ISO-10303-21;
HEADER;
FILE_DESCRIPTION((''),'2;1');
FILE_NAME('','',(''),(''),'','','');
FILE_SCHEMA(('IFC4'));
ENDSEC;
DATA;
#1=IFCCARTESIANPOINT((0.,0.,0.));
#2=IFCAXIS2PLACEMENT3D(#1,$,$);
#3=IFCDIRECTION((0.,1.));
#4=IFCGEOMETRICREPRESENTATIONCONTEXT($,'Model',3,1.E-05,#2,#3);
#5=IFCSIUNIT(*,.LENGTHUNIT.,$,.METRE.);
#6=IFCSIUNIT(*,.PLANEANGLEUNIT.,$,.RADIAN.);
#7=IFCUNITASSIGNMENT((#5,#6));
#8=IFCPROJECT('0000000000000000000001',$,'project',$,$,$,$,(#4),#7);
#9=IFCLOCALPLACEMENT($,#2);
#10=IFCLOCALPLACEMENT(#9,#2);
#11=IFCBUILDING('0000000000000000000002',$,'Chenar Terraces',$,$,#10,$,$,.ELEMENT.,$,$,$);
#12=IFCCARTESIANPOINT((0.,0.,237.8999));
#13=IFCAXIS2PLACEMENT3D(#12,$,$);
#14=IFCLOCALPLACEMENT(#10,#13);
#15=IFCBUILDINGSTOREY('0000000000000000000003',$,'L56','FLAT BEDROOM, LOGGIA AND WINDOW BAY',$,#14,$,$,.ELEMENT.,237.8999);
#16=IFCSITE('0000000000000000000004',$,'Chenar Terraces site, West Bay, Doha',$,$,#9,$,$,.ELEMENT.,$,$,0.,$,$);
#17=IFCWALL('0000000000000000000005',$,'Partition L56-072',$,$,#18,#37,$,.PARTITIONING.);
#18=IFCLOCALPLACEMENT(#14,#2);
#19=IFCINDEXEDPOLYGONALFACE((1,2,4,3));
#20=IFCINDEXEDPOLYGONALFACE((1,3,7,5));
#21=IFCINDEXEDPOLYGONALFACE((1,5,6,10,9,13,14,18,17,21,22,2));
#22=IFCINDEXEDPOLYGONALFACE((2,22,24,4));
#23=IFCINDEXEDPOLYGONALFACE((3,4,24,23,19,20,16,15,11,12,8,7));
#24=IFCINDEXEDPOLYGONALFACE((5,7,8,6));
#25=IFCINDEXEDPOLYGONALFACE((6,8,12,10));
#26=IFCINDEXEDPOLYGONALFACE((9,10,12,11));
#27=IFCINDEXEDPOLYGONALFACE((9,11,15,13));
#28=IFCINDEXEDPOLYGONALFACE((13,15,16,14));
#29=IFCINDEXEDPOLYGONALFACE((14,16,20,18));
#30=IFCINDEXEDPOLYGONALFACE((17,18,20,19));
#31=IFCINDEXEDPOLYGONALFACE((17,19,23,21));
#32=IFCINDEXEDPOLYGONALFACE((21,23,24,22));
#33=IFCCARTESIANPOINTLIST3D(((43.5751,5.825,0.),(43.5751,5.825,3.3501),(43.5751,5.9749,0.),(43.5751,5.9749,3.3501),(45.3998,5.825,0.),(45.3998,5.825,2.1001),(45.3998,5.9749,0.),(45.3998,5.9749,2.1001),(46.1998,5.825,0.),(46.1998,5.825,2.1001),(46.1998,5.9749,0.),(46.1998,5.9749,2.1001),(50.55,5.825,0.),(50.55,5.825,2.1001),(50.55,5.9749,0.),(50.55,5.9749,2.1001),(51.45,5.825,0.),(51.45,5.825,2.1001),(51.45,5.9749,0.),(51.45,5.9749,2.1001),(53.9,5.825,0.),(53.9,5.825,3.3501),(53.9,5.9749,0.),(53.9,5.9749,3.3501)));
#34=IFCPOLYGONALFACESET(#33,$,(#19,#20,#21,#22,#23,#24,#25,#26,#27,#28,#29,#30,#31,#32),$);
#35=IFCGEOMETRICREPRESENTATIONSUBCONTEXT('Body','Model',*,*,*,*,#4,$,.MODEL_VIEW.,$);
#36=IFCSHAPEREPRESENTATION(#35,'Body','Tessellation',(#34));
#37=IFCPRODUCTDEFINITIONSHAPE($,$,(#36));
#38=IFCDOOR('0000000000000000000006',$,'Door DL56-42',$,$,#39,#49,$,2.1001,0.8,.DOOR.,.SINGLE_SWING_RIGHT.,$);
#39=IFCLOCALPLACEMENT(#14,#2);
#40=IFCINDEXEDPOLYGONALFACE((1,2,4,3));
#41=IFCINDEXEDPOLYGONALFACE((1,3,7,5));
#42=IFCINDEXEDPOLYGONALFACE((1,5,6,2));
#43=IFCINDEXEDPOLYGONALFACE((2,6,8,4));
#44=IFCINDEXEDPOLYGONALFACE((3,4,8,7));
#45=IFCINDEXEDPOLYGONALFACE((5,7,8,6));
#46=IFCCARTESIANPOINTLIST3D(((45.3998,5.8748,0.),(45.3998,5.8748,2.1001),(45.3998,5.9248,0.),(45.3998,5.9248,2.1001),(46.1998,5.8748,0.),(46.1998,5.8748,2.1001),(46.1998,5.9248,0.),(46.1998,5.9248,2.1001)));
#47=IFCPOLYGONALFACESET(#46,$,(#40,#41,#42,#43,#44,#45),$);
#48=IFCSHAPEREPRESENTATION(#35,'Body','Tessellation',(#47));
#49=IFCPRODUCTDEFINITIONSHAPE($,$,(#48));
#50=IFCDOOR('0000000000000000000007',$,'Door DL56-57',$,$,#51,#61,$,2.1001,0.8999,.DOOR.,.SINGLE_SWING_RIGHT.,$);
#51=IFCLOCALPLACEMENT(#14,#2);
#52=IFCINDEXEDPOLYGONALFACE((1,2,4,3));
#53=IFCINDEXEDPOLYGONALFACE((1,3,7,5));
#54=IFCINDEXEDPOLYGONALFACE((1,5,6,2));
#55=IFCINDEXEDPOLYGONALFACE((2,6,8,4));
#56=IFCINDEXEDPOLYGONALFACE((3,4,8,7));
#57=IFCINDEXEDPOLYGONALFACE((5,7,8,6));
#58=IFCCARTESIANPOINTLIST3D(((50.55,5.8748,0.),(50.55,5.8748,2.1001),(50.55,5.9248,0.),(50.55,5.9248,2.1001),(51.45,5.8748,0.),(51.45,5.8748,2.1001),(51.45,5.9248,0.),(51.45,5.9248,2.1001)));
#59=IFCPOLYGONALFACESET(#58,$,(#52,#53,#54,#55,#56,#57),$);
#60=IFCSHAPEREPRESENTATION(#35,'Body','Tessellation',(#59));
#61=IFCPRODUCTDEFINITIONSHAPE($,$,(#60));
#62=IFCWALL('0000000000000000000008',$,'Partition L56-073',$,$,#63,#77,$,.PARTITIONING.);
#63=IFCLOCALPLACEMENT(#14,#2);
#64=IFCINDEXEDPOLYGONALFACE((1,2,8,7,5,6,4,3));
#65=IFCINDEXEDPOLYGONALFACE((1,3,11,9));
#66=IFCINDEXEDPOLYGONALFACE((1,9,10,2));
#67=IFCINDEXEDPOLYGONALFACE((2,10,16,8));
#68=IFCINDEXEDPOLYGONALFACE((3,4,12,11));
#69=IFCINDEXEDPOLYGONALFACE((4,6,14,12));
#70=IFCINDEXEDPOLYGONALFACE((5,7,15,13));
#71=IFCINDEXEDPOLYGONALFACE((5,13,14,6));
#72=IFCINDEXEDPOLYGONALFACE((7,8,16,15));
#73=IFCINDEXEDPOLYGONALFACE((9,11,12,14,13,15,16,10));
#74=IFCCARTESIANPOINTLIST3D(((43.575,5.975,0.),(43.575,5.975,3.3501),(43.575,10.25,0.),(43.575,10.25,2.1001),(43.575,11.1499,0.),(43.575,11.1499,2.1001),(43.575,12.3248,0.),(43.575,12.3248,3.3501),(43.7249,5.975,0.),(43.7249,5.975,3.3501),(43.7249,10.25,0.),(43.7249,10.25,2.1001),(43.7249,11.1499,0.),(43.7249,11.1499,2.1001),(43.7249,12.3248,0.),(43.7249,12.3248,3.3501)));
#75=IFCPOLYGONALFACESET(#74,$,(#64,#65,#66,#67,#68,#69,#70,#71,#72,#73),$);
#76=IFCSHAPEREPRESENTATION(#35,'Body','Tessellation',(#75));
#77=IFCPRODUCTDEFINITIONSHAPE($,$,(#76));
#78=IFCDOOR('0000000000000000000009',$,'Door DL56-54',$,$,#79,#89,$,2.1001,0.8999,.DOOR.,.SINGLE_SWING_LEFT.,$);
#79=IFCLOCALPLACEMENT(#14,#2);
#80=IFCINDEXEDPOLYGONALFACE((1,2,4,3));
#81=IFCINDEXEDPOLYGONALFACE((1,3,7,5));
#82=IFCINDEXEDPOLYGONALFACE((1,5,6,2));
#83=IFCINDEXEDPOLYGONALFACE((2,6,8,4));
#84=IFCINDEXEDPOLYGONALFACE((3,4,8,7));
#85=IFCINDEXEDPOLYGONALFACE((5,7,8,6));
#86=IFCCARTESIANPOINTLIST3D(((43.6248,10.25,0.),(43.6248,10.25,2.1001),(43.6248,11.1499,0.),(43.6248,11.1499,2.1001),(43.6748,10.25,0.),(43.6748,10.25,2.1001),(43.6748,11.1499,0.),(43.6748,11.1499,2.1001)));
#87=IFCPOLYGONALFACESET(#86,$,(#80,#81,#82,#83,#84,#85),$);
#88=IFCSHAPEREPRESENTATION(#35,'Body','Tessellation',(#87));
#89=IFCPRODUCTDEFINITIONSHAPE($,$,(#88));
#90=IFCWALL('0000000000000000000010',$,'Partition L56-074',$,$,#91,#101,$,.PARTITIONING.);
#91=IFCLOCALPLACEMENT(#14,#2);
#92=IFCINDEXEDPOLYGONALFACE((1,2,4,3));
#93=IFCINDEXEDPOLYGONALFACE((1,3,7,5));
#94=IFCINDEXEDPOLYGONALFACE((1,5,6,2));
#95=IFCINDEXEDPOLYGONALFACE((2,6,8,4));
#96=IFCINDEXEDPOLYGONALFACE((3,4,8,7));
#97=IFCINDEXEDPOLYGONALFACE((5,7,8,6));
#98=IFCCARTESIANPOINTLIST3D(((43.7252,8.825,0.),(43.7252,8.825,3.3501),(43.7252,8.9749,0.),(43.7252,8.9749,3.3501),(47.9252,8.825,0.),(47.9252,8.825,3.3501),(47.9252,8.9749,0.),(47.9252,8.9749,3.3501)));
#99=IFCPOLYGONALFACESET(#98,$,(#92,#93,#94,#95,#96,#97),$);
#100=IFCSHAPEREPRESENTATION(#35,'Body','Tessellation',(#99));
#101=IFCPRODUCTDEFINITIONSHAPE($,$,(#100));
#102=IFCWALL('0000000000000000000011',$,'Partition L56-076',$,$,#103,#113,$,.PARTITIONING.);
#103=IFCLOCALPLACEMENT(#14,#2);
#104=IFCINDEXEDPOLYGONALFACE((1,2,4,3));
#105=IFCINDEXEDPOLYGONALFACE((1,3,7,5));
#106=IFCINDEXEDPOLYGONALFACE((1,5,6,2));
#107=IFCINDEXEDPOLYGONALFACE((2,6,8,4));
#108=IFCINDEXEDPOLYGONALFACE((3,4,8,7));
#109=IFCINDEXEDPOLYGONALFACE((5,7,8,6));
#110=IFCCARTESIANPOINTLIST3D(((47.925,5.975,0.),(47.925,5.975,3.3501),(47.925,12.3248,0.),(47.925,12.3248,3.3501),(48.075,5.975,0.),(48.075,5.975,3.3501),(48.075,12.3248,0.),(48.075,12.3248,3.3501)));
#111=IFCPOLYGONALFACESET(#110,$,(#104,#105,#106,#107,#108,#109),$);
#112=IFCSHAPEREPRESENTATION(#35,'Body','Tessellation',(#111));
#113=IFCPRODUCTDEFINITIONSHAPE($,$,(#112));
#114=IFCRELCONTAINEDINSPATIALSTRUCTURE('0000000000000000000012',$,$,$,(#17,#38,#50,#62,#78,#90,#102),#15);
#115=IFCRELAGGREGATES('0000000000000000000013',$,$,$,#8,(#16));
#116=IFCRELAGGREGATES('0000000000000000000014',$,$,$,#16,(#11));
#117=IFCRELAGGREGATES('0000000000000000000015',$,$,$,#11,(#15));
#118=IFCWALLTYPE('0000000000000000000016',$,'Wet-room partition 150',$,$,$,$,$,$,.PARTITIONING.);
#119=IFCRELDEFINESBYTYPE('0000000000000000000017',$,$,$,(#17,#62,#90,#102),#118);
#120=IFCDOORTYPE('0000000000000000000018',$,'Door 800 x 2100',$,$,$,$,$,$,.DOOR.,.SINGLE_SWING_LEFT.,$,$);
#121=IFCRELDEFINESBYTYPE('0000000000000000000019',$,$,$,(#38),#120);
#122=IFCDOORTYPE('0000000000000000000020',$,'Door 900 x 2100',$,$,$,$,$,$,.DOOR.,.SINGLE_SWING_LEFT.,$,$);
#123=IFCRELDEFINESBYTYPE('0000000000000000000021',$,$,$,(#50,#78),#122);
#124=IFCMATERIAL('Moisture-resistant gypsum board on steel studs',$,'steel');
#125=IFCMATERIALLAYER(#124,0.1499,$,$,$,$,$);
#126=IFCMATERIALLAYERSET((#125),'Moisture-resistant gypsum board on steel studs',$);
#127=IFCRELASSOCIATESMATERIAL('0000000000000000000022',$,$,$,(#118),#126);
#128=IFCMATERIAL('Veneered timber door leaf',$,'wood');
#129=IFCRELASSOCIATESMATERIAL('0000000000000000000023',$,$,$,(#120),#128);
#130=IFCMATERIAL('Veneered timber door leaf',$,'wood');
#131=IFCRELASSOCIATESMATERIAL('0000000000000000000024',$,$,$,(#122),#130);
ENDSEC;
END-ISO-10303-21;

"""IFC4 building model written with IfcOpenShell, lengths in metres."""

from ifc_helpers import new_model, si_unit, direction, frame, frame_2d, origin, place, context, subcontext, project, spatial, rectangle, extrude, material, layer, layer_set, type_object, element, fill, save


model = new_model("IFC4")

# Units and contexts
model_context = context("Model", 3, precision=1e-05, world=origin(), true_north=direction((0.0, 1.0)))
body_context = subcontext(model_context, "Body", "Model", "MODEL_VIEW")
ifc_project = project(units=[si_unit("LENGTHUNIT", "METRE"), si_unit("PLANEANGLEUNIT", "RADIAN")], contexts=[model_context])

# Site, building, storey
site_placement = place(None, origin())
site = spatial("IfcSite", under=ifc_project, at=site_placement, Name="Chenar Terraces site, West Bay, Doha", CompositionType="ELEMENT", RefElevation=0.0)
building_placement = place(site_placement, origin())
building = spatial("IfcBuilding", under=site, at=building_placement, Name="Chenar Terraces", CompositionType="ELEMENT")
storey_placement = place(building_placement, frame((0.0, 0.0, 237.8999)))
storey = spatial("IfcBuildingStorey", under=building, at=storey_placement, Name="L56", Description="FLAT BEDROOM, LOGGIA AND WINDOW BAY", CompositionType="ELEMENT", Elevation=237.8999)

# Wall, openings, doors
ifc_material_1 = material(Name="Moisture-resistant gypsum board on steel studs", Category="steel")
ifc_layer_1 = layer(ifc_material_1, 0.1499)
ifc_layer_set_1 = layer_set([ifc_layer_1], Name="Moisture-resistant gypsum board on steel studs")
wall_type_1 = type_object("IfcWallType", Name="Wet-room partition 150", PredefinedType="PARTITIONING", material=ifc_layer_set_1)
wall_1_placement = place(storey_placement, frame((43.575, 5.8999, 0.0), z_axis=(0.0, 0.0, 1.0), x_axis=(1.0, 0.0, 0.0)))
wall_1 = element("IfcWall", 1, at=wall_1_placement, inside=storey, type_object=wall_type_1, Name="Partition L56-072", PredefinedType="PARTITIONING", context=body_context, shape_type="SweptSolid", body=[
    extrude(rectangle(XDim=10.325, YDim=0.1499, at=frame_2d((5.1626, 0.0))), origin(), (0.0, 0.0, 1.0), 3.3501),
])
opening_1_placement = place(wall_1_placement, frame((1.825, 0.0, 0.0)))
opening_1 = element("IfcOpeningElement", 2, at=opening_1_placement, cuts=wall_1, PredefinedType="OPENING", context=body_context, shape_type="SweptSolid", body=[
    extrude(rectangle(XDim=0.8, YDim=2.1001, at=frame_2d((0.3999, 1.05))), frame((0.0, 0.085, 0.0), z_axis=(0.0, -1.0, 0.0), x_axis=(1.0, 0.0, 0.0)), (0.0, 0.0, 1.0), 0.1699),
])
opening_2_placement = place(wall_1_placement, frame((6.9751, 0.0, 0.0)))
opening_2 = element("IfcOpeningElement", 3, at=opening_2_placement, cuts=wall_1, PredefinedType="OPENING", context=body_context, shape_type="SweptSolid", body=[
    extrude(rectangle(XDim=0.8999, YDim=2.1001, at=frame_2d((0.45, 1.05))), frame((0.0, 0.085, 0.0), z_axis=(0.0, -1.0, 0.0), x_axis=(1.0, 0.0, 0.0)), (0.0, 0.0, 1.0), 0.1699),
])
ifc_material_2 = material(Name="Veneered timber door leaf", Category="wood")
door_type_1 = type_object("IfcDoorType", Name="Door 800 x 2100", OperationType="SINGLE_SWING_LEFT", PredefinedType="DOOR", material=ifc_material_2)
door_1_placement = place(opening_1_placement, origin())
door_1 = element("IfcDoor", 4, at=door_1_placement, inside=storey, type_object=door_type_1, Name="Door DL56-42", OperationType="SINGLE_SWING_RIGHT", OverallHeight=2.1001, OverallWidth=0.8, PredefinedType="DOOR", context=body_context, shape_type="SweptSolid", body=[
    extrude(rectangle(XDim=0.8, YDim=2.1001, at=frame_2d((0.3999, 1.05))), frame((0.0, 0.0249, 0.0), z_axis=(0.0, -1.0, 0.0), x_axis=(1.0, 0.0, 0.0)), (0.0, 0.0, 1.0), 0.05),
])
fill(opening_1, door_1)
ifc_material_3 = material(Name="Veneered timber door leaf", Category="wood")
door_type_2 = type_object("IfcDoorType", Name="Door 900 x 2100", OperationType="SINGLE_SWING_LEFT", PredefinedType="DOOR", material=ifc_material_3)
door_2_placement = place(opening_2_placement, origin())
door_2 = element("IfcDoor", 5, at=door_2_placement, inside=storey, type_object=door_type_2, Name="Door DL56-57", OperationType="SINGLE_SWING_RIGHT", OverallHeight=2.1001, OverallWidth=0.8999, PredefinedType="DOOR", context=body_context, shape_type="SweptSolid", body=[
    extrude(rectangle(XDim=0.8999, YDim=2.1001, at=frame_2d((0.45, 1.05))), frame((0.0, 0.0249, 0.0), z_axis=(0.0, -1.0, 0.0), x_axis=(1.0, 0.0, 0.0)), (0.0, 0.0, 1.0), 0.05),
])
fill(opening_2, door_2)

# Wall, opening, door
wall_2_placement = place(storey_placement, frame((43.6499, 5.9751, 0.0), z_axis=(0.0, 0.0, 1.0), x_axis=(0.0, 1.0, 0.0)))
wall_2 = element("IfcWall", 6, at=wall_2_placement, inside=storey, type_object=wall_type_1, Name="Partition L56-073", PredefinedType="PARTITIONING", context=body_context, shape_type="SweptSolid", body=[
    extrude(rectangle(XDim=6.3499, YDim=0.1499, at=frame_2d((3.1748, 0.0))), origin(), (0.0, 0.0, 1.0), 3.3501),
])
opening_3_placement = place(wall_2_placement, frame((4.2749, 0.0, 0.0)))
opening_3 = element("IfcOpeningElement", 7, at=opening_3_placement, cuts=wall_2, PredefinedType="OPENING", context=body_context, shape_type="SweptSolid", body=[
    extrude(rectangle(XDim=0.8999, YDim=2.1001, at=frame_2d((0.45, 1.05))), frame((0.0, 0.085, 0.0), z_axis=(0.0, -1.0, 0.0), x_axis=(1.0, 0.0, 0.0)), (0.0, 0.0, 1.0), 0.1699),
])
door_3_placement = place(opening_3_placement, frame((0.8999, 0.0, 0.0), z_axis=(0.0, 0.0, 1.0), x_axis=(-1.0, 0.0, 0.0)))
door_3 = element("IfcDoor", 8, at=door_3_placement, inside=storey, type_object=door_type_2, Name="Door DL56-54", OperationType="SINGLE_SWING_LEFT", OverallHeight=2.1001, OverallWidth=0.8999, PredefinedType="DOOR", context=body_context, shape_type="SweptSolid", body=[
    extrude(rectangle(XDim=0.8999, YDim=2.1001, at=frame_2d((0.45, 1.05))), frame((0.0, 0.0249, 0.0), z_axis=(0.0, -1.0, 0.0), x_axis=(1.0, 0.0, 0.0)), (0.0, 0.0, 1.0), 0.05),
])
fill(opening_3, door_3)

# Walls
wall_3_placement = place(storey_placement, frame((43.7251, 8.8999, 0.0), z_axis=(0.0, 0.0, 1.0), x_axis=(1.0, 0.0, 0.0)))
element("IfcWall", 9, at=wall_3_placement, inside=storey, type_object=wall_type_1, Name="Partition L56-074", PredefinedType="PARTITIONING", context=body_context, shape_type="SweptSolid", body=[
    extrude(rectangle(XDim=4.2, YDim=0.1499, at=frame_2d((2.1001, 0.0))), origin(), (0.0, 0.0, 1.0), 3.3501),
])
wall_4_placement = place(storey_placement, frame((48.0, 5.9751, 0.0), z_axis=(0.0, 0.0, 1.0), x_axis=(0.0, 1.0, 0.0)))
element("IfcWall", 10, at=wall_4_placement, inside=storey, type_object=wall_type_1, Name="Partition L56-076", PredefinedType="PARTITIONING", context=body_context, shape_type="SweptSolid", body=[
    extrude(rectangle(XDim=6.3499, YDim=0.1499, at=frame_2d((3.1748, 0.0))), origin(), (0.0, 0.0, 1.0), 3.3501),
])

save(model, "model.ifc")
